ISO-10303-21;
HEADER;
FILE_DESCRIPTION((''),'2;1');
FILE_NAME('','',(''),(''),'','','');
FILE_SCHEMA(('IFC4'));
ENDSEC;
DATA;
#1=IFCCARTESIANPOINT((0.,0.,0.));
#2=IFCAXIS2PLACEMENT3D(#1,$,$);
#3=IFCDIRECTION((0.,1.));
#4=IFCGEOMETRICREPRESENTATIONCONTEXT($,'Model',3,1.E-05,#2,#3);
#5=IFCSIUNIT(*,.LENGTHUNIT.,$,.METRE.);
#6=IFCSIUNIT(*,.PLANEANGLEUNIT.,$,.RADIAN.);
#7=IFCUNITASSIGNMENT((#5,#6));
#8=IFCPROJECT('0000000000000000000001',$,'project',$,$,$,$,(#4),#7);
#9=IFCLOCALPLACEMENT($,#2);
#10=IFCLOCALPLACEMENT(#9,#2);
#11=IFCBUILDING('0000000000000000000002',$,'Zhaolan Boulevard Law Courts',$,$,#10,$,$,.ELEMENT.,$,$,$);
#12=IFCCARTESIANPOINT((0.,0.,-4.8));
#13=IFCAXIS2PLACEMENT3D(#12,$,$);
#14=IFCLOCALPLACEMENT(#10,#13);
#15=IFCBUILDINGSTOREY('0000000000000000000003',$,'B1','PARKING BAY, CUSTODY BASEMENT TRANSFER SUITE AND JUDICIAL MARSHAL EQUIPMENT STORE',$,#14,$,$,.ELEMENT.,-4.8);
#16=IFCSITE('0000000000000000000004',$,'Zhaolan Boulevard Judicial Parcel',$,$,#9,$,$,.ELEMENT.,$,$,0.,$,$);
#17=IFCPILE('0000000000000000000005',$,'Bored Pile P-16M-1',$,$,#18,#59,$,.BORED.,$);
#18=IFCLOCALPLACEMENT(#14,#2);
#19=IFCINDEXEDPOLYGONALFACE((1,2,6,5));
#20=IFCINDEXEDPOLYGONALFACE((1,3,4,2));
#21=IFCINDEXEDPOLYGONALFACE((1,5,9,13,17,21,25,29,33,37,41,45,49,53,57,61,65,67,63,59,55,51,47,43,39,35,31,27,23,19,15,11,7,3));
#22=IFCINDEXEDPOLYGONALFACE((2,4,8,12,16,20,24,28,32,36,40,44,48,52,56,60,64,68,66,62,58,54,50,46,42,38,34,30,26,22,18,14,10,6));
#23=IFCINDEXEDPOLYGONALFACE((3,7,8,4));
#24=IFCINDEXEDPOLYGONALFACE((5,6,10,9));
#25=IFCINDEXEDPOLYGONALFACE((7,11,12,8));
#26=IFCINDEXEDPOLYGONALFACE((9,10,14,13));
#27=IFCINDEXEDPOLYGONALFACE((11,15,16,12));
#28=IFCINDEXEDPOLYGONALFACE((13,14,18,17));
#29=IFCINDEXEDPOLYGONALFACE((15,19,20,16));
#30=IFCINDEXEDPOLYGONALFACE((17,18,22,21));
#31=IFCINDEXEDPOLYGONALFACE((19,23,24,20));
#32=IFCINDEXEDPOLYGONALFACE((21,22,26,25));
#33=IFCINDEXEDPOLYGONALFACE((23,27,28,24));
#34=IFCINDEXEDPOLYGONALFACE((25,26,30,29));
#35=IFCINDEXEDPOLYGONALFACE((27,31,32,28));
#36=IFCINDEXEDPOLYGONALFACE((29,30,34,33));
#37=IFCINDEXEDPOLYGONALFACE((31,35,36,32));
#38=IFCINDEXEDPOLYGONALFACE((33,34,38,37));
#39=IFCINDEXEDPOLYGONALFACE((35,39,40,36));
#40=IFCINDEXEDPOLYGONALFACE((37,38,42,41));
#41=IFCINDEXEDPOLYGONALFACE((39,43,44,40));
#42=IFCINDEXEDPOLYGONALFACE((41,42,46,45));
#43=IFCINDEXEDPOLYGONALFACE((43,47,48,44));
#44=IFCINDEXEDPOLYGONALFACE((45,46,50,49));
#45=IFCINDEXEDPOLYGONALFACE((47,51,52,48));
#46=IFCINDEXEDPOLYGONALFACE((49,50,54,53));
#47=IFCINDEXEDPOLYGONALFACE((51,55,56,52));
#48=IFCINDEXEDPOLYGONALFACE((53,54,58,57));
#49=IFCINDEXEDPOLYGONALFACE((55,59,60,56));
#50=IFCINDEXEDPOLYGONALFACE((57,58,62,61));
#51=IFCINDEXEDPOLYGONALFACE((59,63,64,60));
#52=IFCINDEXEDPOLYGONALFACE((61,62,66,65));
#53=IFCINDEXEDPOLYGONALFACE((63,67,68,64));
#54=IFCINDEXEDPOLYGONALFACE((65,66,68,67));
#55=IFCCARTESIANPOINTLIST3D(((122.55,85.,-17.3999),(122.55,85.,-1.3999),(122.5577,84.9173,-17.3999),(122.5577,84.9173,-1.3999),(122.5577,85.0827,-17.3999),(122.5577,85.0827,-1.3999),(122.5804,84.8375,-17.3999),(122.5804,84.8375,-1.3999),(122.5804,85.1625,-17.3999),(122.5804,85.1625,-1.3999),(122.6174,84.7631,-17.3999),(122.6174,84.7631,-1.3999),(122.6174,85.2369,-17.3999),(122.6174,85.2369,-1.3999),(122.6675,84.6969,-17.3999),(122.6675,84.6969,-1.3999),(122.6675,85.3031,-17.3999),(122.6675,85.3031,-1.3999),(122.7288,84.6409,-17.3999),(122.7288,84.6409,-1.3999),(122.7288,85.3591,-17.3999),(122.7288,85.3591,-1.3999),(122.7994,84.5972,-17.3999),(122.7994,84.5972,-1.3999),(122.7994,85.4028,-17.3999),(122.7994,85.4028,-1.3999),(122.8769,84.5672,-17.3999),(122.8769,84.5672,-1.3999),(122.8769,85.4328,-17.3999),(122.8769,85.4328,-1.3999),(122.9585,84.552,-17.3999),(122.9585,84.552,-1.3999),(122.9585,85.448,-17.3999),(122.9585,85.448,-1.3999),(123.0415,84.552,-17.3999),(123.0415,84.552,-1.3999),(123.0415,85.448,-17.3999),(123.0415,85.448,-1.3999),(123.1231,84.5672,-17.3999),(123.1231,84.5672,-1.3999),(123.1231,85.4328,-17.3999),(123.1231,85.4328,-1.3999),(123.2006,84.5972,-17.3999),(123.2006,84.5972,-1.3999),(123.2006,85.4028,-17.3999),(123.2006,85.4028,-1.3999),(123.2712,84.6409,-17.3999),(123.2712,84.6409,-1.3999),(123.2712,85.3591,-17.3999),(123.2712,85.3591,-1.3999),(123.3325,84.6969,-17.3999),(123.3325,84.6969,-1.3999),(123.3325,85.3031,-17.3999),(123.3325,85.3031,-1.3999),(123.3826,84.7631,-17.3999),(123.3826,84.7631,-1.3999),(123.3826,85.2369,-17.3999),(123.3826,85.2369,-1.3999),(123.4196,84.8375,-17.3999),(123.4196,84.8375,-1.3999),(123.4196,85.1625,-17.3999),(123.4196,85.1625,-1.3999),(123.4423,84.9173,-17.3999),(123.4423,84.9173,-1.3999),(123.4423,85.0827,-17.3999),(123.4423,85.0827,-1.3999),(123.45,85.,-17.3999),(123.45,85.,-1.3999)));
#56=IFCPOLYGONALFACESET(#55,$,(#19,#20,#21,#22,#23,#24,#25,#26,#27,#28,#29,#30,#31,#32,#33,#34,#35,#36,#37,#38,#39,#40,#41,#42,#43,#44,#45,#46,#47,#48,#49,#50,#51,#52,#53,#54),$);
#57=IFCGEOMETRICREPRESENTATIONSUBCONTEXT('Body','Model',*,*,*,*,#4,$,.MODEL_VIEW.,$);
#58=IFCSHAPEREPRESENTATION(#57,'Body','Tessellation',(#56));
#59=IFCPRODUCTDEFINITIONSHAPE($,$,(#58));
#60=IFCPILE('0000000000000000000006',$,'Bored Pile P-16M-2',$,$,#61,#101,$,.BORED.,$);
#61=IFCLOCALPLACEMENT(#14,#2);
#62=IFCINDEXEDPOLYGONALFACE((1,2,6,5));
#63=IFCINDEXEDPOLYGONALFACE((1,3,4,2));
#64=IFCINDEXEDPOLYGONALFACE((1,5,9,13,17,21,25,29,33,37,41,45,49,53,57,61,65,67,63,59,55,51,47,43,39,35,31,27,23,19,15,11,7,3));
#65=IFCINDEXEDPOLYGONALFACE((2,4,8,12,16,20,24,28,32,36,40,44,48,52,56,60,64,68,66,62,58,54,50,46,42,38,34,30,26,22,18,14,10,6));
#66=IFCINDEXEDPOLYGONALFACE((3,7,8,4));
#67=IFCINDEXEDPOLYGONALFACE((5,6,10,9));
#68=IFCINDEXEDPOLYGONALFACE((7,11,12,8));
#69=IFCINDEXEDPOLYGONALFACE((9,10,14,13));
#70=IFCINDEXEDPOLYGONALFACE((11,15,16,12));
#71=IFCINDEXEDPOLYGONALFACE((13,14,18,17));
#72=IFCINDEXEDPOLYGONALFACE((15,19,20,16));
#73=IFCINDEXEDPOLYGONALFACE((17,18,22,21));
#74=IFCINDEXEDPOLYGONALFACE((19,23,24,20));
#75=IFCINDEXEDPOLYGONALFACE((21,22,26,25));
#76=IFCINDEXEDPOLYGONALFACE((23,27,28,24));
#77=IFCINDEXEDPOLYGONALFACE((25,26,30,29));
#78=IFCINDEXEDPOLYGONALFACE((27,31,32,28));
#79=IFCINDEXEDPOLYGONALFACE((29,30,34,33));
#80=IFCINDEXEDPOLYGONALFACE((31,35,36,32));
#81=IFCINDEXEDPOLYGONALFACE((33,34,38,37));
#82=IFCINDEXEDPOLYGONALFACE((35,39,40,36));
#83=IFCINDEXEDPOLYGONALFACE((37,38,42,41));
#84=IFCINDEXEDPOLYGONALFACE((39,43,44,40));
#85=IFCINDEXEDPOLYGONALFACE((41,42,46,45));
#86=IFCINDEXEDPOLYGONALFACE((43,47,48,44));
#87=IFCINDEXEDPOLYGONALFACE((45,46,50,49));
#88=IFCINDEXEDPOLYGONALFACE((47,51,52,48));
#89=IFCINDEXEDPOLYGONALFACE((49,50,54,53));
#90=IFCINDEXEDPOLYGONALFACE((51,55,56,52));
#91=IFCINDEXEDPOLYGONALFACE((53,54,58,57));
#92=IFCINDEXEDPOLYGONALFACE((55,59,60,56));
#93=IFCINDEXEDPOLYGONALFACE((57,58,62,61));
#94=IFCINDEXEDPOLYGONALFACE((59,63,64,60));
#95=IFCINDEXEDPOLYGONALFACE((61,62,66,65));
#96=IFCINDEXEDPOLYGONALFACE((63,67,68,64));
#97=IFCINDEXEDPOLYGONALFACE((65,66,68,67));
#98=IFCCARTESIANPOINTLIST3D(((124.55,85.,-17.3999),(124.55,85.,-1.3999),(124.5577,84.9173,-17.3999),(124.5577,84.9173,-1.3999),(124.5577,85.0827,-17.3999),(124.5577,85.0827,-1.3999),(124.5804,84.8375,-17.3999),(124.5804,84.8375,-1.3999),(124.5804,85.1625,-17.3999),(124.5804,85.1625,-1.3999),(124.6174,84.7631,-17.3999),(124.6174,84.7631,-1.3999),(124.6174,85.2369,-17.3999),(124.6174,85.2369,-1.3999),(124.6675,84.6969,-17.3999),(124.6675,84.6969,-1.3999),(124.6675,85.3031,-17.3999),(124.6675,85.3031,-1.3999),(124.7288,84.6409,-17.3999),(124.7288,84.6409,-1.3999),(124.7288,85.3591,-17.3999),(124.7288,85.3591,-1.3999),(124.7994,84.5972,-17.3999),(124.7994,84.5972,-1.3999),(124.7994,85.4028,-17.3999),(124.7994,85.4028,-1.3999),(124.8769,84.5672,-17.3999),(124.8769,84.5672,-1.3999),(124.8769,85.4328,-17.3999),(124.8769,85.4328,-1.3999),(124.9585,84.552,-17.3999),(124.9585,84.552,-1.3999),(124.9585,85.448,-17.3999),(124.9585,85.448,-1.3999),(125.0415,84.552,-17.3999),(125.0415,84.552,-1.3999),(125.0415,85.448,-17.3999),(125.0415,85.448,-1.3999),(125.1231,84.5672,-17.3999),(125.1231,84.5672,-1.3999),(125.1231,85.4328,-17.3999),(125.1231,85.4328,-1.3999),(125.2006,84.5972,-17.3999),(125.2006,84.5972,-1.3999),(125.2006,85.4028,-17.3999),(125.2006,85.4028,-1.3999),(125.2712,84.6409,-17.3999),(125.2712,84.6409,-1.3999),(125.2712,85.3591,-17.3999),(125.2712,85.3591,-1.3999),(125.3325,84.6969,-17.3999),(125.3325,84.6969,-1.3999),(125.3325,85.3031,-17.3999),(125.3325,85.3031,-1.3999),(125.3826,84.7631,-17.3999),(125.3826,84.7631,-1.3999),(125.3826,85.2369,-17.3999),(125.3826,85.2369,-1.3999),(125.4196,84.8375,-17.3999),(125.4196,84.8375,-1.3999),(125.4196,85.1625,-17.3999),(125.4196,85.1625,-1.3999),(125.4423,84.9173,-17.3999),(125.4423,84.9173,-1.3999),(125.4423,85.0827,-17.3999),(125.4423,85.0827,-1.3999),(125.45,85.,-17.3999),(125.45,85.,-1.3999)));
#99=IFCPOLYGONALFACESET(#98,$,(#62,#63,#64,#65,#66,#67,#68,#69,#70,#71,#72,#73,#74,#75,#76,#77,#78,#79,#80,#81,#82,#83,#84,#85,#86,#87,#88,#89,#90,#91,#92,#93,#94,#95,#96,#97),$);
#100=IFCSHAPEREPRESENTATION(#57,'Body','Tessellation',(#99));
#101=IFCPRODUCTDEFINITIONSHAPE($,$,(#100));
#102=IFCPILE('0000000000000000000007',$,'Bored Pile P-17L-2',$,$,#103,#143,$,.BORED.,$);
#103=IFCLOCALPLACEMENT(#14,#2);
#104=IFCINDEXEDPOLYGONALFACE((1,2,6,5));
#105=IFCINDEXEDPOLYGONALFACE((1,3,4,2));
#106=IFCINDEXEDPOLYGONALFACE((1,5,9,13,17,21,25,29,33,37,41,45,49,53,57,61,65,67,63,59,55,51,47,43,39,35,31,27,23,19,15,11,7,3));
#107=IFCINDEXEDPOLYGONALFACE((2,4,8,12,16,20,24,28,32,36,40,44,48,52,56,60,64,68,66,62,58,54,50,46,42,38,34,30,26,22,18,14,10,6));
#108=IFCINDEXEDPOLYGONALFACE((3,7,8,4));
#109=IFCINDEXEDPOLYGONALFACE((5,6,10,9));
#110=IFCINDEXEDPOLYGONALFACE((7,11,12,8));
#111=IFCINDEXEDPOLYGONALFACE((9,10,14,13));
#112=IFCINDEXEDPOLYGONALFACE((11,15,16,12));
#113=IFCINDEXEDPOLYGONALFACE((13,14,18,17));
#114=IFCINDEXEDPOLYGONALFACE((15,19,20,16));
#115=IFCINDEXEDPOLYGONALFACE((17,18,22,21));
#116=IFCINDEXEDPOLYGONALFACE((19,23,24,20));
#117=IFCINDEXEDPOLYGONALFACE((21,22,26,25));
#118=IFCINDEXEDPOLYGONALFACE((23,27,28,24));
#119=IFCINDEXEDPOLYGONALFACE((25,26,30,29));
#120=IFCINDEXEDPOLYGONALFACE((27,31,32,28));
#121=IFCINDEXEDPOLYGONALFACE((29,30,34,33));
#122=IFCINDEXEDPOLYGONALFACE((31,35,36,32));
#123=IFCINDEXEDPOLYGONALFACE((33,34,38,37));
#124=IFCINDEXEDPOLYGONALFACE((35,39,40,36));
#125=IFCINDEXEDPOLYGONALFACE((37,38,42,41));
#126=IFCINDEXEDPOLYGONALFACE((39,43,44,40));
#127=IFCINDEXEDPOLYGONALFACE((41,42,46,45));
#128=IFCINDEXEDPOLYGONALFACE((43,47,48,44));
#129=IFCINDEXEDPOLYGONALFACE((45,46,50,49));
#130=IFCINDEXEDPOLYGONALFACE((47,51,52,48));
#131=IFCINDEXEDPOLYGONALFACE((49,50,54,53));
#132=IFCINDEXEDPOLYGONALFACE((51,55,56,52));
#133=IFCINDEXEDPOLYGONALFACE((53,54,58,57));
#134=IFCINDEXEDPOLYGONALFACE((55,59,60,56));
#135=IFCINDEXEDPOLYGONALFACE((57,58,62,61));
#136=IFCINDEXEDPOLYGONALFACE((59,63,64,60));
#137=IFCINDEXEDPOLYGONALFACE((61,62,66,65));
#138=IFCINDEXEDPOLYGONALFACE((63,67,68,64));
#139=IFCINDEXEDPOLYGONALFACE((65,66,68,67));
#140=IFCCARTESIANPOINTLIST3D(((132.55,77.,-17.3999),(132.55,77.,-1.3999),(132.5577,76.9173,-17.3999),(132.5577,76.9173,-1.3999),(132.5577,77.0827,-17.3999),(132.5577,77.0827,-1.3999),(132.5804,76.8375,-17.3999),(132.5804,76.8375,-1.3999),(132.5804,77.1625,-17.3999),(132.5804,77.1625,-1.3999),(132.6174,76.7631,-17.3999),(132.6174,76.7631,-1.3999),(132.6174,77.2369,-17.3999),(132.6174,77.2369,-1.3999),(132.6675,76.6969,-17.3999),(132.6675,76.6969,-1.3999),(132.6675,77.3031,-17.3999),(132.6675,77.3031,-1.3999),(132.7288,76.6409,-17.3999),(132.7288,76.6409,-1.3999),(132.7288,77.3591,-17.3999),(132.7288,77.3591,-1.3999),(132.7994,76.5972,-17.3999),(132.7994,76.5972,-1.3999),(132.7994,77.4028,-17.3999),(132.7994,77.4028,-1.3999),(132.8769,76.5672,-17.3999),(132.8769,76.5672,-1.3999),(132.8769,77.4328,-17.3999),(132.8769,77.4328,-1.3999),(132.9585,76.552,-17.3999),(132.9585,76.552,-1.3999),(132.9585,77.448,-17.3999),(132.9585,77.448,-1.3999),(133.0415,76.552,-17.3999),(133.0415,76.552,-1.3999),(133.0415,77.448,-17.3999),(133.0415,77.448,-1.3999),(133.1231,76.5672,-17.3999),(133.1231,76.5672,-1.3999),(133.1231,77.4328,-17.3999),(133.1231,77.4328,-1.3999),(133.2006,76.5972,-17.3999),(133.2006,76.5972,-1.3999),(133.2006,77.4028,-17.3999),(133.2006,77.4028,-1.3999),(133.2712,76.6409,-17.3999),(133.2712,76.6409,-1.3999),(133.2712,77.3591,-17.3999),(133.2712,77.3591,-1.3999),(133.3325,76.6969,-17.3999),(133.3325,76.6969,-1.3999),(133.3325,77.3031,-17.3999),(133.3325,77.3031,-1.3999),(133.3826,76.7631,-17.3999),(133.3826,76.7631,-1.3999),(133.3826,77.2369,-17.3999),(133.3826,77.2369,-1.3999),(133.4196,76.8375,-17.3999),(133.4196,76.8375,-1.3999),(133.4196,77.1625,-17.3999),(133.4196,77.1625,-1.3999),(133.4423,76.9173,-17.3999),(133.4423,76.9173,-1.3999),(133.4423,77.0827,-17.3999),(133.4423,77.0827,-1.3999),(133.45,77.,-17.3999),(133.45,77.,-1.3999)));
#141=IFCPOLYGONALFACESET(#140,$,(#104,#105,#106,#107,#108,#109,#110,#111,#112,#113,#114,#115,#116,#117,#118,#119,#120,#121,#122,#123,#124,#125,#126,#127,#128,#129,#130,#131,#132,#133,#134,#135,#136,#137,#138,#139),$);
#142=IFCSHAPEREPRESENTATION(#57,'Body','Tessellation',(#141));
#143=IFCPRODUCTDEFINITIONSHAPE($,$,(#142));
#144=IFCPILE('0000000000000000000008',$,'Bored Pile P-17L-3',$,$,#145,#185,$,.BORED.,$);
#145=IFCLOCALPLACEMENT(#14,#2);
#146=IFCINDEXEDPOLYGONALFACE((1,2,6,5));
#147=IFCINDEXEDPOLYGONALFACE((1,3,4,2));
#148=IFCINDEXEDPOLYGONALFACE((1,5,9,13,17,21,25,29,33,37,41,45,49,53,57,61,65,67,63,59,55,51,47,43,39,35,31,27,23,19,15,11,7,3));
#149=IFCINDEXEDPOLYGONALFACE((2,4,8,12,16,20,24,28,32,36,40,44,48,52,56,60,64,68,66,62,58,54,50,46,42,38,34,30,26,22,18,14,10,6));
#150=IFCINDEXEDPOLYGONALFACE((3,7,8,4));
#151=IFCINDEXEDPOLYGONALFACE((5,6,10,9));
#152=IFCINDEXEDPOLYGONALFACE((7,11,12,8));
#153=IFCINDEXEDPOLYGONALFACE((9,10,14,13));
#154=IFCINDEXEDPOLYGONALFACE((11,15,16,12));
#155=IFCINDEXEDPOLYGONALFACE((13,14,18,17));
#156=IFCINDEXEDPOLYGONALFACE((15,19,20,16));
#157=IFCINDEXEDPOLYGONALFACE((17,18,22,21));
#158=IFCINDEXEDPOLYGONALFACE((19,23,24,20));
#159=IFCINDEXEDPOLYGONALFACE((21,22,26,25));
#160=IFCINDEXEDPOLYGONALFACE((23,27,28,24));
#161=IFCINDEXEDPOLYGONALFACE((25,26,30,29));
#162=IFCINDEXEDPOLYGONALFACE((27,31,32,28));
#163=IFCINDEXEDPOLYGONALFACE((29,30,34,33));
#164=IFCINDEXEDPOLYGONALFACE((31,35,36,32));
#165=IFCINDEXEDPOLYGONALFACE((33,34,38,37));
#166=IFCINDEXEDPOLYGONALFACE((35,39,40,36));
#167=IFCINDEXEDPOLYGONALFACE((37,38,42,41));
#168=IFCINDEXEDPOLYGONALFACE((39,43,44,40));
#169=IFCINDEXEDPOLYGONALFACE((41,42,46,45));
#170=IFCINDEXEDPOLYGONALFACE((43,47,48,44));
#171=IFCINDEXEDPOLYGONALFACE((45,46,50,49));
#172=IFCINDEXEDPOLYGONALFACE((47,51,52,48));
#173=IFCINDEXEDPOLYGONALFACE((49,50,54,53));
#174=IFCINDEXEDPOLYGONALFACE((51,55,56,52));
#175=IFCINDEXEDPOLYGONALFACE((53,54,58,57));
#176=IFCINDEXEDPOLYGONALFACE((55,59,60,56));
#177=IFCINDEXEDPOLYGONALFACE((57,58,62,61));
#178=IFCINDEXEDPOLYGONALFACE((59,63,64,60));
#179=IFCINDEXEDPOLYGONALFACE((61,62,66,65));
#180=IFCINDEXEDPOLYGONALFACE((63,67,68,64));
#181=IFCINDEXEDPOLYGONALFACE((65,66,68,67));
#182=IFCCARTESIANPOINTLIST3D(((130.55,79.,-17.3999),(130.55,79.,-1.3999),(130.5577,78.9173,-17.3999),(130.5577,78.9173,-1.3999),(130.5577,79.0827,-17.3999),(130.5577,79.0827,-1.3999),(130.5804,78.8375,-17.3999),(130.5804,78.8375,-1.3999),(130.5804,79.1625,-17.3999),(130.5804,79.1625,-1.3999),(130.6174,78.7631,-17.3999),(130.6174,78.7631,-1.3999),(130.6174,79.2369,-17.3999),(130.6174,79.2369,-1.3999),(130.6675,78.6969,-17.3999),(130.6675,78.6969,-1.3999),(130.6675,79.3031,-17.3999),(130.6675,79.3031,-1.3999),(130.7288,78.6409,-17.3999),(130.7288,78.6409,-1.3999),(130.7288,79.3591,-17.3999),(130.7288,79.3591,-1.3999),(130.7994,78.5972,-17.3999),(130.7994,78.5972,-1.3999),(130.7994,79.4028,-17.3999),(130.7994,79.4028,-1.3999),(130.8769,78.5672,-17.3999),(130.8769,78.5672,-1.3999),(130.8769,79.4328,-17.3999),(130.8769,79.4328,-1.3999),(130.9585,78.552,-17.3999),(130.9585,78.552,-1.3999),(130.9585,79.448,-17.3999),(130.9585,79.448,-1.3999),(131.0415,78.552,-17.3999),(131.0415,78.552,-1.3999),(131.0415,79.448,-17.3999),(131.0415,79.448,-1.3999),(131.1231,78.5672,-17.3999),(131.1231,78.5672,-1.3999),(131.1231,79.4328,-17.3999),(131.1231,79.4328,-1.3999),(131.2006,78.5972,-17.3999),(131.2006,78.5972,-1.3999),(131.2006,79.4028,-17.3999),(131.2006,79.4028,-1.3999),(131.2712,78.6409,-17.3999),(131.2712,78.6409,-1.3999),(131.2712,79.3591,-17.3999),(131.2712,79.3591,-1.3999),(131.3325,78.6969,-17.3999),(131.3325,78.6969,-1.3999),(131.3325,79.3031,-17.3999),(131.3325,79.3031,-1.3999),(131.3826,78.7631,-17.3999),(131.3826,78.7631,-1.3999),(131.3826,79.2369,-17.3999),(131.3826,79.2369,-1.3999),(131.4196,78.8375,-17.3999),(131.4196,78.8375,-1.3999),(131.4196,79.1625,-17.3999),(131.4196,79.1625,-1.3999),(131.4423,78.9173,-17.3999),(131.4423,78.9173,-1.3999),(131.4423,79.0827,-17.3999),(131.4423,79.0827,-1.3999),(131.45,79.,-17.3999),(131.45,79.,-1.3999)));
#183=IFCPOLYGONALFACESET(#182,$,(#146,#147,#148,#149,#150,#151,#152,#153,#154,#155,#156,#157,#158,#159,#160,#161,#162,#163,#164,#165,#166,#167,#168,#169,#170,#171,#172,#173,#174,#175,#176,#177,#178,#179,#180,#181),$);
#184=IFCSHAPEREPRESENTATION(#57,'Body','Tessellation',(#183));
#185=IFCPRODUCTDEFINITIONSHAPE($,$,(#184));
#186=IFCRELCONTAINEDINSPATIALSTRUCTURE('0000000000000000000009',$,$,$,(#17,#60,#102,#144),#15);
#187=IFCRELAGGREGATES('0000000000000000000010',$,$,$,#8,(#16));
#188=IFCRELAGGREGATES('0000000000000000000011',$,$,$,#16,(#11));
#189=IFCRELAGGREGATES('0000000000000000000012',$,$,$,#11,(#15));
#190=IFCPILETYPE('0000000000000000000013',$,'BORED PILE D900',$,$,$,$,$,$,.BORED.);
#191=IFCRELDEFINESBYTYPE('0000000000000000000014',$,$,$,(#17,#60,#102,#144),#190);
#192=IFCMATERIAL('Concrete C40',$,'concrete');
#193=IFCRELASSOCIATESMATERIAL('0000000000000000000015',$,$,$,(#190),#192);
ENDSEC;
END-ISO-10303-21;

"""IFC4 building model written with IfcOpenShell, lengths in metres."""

from ifc_helpers import new_model, si_unit, direction, frame, origin, origin_2d, place, context, subcontext, project, spatial, circle, extrude, material, material_profile, profile_set, type_object, element, save


model = new_model("IFC4")

# Units and contexts
model_context = context("Model", 3, precision=1e-05, world=origin(), true_north=direction((0.0, 1.0)))
body_context = subcontext(model_context, "Body", "Model", "MODEL_VIEW")
ifc_project = project(units=[si_unit("LENGTHUNIT", "METRE"), si_unit("PLANEANGLEUNIT", "RADIAN")], contexts=[model_context])

# Site, building, storey
site_placement = place(None, origin())
site = spatial("IfcSite", under=ifc_project, at=site_placement, Name="Zhaolan Boulevard Judicial Parcel", CompositionType="ELEMENT", RefElevation=0.0)
building_placement = place(site_placement, origin())
building = spatial("IfcBuilding", under=site, at=building_placement, Name="Zhaolan Boulevard Law Courts", CompositionType="ELEMENT")
storey_placement = place(building_placement, frame((0.0, 0.0, -4.8)))
storey = spatial("IfcBuildingStorey", under=building, at=storey_placement, Name="B1", Description="PARKING BAY, CUSTODY BASEMENT TRANSFER SUITE AND JUDICIAL MARSHAL EQUIPMENT STORE", CompositionType="ELEMENT", Elevation=-4.8)

# Piles
ifc_material_1 = material(Name="Concrete C40", Category="concrete")
ifc_material_profile_1 = material_profile(ifc_material_1, circle(Radius=0.45, at=origin_2d()), Name="PILE-D900")
ifc_profile_set_1 = profile_set([ifc_material_profile_1], Name="Concrete C40")
pile_type = type_object("IfcPileType", Name="BORED PILE D900", PredefinedType="BORED", material=ifc_profile_set_1)
for number, where, z_axis, x_axis, name in (
    (1, (123.0, 85.0, -1.3999), (0.0, 0.0, -1.0), (1.0, 0.0, 0.0), "Bored Pile P-16M-1"),
    (2, (125.0, 85.0, -1.3999), (0.0, 0.0, -1.0), (1.0, 0.0, 0.0), "Bored Pile P-16M-2"),
    (3, (133.0, 77.0, -1.3999), (0.0, 0.0, -1.0), (1.0, 0.0, 0.0), "Bored Pile P-17L-2"),
    (4, (131.0, 79.0, -1.3999), (0.0, 0.0, -1.0), (1.0, 0.0, 0.0), "Bored Pile P-17L-3"),
):
    element("IfcPile", number, at=place(storey_placement, frame(where, z_axis=z_axis, x_axis=x_axis)), inside=storey, type_object=pile_type, Name=name, PredefinedType="BORED", context=body_context, shape_type="SweptSolid", body=[
        extrude(circle(Radius=0.45, at=origin_2d()), origin(), (0.0, 0.0, 1.0), 16.0),
    ])

save(model, "model.ifc")
